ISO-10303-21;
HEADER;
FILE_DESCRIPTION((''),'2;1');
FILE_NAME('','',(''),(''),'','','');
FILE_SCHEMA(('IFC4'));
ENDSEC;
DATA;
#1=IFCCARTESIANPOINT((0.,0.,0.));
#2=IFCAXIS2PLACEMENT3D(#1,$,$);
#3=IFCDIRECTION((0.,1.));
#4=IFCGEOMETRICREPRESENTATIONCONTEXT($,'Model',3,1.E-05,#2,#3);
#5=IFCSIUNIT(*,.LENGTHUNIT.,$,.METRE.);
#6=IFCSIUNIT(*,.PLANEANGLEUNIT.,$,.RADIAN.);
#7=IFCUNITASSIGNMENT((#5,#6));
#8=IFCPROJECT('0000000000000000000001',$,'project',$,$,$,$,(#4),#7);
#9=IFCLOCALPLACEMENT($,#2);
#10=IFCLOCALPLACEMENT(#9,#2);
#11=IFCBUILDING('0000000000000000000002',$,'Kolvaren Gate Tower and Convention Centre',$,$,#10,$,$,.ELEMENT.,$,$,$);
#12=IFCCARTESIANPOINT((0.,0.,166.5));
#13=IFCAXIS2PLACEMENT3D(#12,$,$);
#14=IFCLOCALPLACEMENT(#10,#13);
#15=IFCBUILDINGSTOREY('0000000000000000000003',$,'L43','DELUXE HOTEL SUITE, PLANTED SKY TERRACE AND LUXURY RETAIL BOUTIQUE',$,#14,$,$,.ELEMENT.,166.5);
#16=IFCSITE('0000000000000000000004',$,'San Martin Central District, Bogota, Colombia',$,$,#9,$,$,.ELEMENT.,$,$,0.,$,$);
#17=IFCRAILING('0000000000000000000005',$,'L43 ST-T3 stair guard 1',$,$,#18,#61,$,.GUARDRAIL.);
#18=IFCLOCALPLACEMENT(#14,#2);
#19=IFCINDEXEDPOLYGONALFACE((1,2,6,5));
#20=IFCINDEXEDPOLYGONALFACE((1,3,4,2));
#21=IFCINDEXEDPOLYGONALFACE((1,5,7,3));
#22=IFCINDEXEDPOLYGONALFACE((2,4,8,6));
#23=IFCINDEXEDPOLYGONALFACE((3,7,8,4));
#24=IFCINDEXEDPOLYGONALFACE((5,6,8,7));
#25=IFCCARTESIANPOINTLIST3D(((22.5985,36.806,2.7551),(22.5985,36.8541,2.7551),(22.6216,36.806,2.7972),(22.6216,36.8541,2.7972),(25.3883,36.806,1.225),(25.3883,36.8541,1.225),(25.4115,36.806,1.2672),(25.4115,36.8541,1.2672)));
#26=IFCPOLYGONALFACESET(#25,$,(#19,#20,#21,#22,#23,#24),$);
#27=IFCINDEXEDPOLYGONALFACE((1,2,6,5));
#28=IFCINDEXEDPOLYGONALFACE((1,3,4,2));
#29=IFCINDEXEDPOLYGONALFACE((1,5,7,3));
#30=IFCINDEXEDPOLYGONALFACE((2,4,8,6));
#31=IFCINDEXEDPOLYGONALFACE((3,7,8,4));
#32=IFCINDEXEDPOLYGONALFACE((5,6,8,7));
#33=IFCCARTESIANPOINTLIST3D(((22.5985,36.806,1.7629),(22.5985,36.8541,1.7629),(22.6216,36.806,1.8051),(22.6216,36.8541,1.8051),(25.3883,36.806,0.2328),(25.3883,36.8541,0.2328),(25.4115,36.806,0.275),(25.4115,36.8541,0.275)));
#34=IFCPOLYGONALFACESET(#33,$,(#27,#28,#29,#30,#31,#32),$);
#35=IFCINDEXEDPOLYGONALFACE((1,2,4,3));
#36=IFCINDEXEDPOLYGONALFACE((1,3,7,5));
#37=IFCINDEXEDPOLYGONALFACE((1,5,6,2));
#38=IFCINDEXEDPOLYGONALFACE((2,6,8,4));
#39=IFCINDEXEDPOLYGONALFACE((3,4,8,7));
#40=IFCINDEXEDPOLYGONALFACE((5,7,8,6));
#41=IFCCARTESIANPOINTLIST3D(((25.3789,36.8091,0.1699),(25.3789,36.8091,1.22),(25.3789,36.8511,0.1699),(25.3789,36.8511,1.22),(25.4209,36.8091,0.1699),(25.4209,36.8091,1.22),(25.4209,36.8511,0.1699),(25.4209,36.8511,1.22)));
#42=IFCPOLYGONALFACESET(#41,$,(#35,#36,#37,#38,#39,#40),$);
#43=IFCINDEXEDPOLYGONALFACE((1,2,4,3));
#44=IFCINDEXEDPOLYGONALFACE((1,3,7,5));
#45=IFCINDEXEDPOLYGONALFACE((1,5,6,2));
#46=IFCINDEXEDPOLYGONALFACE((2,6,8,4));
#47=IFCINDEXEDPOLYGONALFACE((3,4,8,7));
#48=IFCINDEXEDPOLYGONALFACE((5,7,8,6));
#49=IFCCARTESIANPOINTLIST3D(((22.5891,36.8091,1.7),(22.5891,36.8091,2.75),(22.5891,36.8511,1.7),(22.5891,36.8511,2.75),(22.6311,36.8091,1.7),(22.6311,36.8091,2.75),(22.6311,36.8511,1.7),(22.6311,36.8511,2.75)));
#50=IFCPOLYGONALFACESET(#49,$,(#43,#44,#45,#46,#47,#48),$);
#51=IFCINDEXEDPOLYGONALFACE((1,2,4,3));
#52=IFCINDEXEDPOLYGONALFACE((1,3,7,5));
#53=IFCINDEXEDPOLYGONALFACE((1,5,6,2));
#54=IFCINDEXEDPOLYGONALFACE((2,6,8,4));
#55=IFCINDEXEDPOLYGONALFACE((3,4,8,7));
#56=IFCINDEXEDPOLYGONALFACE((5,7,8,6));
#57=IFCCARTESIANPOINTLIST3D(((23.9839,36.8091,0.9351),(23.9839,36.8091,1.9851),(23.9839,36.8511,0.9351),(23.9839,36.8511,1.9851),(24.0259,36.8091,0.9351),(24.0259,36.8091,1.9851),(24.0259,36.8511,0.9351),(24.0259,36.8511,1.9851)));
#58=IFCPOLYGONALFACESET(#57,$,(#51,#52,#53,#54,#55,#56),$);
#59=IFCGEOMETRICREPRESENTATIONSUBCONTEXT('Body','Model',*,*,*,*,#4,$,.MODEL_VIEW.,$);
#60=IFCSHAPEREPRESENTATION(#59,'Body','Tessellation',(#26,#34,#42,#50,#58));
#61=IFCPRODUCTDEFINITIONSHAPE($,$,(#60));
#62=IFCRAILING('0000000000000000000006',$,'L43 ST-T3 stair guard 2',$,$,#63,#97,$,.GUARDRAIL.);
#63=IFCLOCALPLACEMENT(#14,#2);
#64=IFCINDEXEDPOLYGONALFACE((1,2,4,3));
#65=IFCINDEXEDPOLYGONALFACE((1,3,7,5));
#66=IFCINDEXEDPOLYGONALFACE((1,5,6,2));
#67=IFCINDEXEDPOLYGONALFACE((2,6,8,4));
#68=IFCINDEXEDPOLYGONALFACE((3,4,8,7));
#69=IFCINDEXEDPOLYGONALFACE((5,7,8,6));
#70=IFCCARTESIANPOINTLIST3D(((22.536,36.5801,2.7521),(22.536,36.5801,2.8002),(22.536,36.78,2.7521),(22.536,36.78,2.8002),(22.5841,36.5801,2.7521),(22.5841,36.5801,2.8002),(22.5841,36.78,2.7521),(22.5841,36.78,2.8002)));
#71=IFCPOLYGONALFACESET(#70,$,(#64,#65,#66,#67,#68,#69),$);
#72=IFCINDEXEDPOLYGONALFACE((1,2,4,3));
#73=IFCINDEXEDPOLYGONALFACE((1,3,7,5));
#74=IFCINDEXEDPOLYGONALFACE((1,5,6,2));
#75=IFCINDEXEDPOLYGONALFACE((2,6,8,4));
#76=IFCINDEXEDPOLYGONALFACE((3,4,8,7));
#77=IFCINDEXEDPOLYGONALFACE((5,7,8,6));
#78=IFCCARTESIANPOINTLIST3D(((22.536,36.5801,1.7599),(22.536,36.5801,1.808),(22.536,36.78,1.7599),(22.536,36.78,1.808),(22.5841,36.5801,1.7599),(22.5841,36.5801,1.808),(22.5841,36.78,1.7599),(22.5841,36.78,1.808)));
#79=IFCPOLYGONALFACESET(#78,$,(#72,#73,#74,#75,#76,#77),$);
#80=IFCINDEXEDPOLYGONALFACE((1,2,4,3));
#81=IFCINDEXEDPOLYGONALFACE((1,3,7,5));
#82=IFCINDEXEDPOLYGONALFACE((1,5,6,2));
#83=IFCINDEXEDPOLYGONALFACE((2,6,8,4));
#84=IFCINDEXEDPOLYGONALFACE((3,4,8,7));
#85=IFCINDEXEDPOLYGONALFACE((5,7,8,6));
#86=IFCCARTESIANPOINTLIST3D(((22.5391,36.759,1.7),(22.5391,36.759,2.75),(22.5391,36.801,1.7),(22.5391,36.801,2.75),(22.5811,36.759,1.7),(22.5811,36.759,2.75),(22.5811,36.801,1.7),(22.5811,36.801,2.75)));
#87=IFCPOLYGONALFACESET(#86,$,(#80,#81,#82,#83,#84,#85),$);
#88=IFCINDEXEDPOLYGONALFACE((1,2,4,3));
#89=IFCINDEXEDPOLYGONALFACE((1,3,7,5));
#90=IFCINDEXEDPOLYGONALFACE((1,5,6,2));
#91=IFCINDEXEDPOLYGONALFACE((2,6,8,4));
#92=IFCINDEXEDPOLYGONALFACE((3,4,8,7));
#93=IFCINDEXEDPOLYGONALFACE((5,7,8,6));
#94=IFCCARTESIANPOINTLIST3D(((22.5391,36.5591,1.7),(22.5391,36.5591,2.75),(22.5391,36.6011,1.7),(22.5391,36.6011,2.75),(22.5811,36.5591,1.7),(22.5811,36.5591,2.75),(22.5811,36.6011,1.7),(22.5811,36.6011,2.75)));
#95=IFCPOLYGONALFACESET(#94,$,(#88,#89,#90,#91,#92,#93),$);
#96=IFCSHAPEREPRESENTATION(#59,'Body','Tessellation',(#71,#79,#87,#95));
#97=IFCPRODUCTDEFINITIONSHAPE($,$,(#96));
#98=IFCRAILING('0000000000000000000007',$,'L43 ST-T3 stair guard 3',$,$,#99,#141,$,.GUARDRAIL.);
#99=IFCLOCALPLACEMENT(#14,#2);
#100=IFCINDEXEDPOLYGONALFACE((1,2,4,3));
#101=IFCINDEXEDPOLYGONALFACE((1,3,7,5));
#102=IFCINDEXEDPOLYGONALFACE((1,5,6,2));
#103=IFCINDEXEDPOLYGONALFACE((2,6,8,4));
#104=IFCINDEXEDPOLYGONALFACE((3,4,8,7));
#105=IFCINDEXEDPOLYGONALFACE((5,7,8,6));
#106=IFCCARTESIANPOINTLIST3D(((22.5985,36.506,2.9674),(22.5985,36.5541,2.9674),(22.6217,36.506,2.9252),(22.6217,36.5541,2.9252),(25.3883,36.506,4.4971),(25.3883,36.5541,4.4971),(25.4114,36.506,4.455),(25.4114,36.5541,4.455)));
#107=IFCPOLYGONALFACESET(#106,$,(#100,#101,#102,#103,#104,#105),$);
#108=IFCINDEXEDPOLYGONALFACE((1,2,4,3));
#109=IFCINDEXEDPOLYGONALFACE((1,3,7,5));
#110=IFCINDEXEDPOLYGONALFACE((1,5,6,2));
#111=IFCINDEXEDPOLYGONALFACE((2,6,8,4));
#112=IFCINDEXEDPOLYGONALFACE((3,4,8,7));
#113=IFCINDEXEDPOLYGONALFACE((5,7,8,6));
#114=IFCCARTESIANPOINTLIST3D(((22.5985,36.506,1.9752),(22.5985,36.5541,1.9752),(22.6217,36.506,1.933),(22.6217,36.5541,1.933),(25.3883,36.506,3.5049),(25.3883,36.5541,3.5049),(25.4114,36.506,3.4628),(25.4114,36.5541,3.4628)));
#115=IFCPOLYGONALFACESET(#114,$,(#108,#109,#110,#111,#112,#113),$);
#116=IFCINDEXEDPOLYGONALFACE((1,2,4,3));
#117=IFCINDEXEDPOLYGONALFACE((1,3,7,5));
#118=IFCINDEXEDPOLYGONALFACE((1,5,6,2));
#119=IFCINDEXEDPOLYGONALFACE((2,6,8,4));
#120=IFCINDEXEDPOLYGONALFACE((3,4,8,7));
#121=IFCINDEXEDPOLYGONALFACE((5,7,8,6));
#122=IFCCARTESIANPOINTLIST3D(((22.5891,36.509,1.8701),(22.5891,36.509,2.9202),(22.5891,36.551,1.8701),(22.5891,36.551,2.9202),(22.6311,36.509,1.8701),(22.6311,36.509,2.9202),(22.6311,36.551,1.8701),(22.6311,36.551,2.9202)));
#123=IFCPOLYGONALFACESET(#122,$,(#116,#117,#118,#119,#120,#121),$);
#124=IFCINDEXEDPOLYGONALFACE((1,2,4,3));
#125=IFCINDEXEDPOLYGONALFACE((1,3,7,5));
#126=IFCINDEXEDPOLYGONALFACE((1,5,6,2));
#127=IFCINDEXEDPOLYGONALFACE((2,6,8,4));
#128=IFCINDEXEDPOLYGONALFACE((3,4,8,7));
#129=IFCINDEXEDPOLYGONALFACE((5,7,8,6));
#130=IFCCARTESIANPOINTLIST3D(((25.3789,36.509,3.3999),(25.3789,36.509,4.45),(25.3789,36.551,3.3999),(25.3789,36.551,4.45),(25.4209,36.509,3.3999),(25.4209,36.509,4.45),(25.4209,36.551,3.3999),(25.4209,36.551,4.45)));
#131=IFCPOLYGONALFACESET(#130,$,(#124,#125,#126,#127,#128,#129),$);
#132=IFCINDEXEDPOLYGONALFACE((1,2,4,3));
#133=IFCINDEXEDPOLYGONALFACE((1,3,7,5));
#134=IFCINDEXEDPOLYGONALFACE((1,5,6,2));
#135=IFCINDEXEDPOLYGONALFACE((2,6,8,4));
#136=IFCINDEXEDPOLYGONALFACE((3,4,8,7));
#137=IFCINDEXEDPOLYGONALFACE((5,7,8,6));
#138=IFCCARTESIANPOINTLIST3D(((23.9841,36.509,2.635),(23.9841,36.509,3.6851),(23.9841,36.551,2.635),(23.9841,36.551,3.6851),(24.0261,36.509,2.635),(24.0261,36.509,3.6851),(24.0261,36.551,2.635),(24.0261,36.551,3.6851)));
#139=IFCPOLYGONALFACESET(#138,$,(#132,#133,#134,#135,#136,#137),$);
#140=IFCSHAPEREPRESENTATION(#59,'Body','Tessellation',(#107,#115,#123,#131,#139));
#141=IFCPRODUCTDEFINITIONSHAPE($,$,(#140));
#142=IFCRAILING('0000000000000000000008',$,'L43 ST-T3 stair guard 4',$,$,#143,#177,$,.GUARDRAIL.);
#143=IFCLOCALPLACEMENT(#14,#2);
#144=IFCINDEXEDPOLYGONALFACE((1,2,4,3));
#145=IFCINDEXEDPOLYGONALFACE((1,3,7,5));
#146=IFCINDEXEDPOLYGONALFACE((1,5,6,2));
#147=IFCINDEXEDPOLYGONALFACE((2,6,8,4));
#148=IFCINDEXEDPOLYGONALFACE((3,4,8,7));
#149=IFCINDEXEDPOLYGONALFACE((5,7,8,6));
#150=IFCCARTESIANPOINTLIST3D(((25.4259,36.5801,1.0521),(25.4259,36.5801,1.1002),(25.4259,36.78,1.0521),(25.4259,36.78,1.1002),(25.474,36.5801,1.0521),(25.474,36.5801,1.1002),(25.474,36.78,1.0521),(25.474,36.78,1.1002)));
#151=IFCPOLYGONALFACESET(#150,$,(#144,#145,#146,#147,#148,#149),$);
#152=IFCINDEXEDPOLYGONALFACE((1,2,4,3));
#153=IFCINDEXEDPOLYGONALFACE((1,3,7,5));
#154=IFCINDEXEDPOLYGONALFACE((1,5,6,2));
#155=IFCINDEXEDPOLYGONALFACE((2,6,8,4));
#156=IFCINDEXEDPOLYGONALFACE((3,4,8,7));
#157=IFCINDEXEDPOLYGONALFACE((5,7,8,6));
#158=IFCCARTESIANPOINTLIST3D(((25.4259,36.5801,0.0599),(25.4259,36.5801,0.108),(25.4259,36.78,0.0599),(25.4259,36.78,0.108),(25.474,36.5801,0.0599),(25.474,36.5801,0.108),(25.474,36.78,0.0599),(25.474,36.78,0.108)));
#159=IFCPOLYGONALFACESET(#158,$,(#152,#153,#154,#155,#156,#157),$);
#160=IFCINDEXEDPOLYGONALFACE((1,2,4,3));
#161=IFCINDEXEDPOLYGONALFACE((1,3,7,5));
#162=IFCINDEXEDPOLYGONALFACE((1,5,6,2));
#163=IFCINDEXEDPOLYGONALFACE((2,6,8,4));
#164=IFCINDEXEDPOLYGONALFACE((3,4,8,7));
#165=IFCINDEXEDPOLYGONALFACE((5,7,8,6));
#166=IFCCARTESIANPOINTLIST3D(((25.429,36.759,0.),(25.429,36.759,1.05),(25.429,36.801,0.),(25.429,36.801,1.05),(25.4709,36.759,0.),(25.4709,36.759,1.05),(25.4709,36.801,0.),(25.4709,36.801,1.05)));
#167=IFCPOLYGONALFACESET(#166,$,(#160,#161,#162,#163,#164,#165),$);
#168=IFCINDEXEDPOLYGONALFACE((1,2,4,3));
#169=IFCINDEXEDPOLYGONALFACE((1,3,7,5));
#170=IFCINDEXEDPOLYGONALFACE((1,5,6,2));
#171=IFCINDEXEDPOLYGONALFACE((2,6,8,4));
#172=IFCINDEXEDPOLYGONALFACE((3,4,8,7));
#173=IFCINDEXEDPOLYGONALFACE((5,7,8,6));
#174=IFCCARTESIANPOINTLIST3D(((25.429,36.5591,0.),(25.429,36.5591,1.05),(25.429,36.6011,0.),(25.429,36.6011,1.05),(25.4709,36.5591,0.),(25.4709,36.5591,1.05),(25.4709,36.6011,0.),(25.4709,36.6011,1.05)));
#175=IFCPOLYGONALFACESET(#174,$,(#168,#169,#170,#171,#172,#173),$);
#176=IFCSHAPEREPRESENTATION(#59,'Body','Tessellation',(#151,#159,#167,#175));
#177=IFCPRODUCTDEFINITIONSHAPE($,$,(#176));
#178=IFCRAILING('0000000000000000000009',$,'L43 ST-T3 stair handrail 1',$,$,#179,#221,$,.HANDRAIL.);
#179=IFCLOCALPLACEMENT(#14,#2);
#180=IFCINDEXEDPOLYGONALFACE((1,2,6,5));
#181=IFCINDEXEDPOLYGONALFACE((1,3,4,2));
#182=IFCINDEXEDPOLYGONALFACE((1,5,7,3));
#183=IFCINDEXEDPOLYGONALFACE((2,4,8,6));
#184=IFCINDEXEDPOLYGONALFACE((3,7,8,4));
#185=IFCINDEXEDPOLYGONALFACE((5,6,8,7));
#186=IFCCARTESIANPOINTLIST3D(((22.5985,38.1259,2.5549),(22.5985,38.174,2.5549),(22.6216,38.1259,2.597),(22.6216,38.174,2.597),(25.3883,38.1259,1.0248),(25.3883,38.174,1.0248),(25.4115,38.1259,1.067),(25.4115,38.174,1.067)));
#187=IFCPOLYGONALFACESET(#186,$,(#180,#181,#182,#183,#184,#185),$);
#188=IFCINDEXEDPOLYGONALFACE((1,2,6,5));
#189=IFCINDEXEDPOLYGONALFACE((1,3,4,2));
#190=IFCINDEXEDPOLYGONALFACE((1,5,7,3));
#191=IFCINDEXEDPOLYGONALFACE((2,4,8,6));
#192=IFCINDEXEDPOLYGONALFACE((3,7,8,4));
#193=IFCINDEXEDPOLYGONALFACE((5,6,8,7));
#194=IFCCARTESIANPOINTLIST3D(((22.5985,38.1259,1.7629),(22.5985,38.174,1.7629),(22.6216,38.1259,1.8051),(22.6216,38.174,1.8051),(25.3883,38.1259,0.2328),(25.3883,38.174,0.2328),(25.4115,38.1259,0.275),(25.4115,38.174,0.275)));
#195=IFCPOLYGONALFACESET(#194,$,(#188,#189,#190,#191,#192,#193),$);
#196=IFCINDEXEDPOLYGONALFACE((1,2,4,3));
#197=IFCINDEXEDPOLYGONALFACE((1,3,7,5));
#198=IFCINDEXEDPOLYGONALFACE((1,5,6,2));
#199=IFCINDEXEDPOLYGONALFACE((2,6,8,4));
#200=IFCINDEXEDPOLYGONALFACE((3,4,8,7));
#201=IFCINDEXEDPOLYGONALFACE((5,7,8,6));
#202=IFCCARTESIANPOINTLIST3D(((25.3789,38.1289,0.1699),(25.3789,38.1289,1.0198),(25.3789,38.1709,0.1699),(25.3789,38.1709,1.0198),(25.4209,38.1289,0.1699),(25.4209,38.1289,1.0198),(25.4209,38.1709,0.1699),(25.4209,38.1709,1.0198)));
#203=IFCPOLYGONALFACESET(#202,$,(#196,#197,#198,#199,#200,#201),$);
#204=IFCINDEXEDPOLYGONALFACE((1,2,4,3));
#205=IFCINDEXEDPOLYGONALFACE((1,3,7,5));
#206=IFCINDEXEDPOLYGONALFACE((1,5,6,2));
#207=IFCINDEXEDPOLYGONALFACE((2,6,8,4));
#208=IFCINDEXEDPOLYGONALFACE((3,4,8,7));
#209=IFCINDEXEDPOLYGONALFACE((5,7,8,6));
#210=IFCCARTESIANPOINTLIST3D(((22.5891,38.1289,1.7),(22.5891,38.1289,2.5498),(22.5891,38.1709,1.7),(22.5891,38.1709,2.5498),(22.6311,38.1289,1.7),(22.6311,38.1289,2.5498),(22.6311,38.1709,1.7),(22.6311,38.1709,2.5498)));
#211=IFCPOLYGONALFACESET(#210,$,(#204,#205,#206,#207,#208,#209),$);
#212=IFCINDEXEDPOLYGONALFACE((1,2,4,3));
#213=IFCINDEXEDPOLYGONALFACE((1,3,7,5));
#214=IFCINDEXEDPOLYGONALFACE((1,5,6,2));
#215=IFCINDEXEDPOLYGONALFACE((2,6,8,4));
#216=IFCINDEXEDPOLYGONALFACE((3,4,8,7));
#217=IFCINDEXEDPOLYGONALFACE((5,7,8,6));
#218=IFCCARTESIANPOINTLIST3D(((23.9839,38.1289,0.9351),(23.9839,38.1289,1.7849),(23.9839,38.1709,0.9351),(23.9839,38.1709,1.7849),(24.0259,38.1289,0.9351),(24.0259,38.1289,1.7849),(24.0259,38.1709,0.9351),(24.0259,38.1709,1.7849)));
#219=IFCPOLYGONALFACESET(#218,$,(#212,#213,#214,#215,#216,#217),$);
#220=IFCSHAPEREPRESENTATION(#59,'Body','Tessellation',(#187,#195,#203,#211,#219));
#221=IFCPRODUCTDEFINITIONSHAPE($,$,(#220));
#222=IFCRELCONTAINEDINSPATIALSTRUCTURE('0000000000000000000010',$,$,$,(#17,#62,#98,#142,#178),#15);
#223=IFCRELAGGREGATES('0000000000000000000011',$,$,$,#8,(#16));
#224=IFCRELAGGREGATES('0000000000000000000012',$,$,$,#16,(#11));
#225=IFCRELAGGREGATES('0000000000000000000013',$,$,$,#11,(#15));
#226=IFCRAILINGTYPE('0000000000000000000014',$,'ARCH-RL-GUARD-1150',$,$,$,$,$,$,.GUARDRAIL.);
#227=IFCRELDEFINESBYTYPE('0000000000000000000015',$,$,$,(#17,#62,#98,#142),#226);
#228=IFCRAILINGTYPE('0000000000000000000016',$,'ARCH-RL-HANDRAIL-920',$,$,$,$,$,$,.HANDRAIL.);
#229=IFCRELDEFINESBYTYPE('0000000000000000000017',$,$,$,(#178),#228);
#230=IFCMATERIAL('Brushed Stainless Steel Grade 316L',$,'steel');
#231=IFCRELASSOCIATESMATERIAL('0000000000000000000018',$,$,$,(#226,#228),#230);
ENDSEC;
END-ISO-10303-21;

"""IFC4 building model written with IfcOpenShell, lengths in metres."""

from ifc_helpers import new_model, si_unit, direction, frame, origin, origin_2d, place, context, subcontext, project, spatial, rectangle, extrude, material, type_object, element, save


model = new_model("IFC4")

# Units and contexts
model_context = context("Model", 3, precision=1e-05, world=origin(), true_north=direction((0.0, 1.0)))
body_context = subcontext(model_context, "Body", "Model", "MODEL_VIEW")
ifc_project = project(units=[si_unit("LENGTHUNIT", "METRE"), si_unit("PLANEANGLEUNIT", "RADIAN")], contexts=[model_context])

# Site, building, storey
site_placement = place(None, origin())
site = spatial("IfcSite", under=ifc_project, at=site_placement, Name="San Martin Central District, Bogota, Colombia", CompositionType="ELEMENT", RefElevation=0.0)
building_placement = place(site_placement, origin())
building = spatial("IfcBuilding", under=site, at=building_placement, Name="Kolvaren Gate Tower and Convention Centre", CompositionType="ELEMENT")
storey_placement = place(building_placement, frame((0.0, 0.0, 166.5)))
storey = spatial("IfcBuildingStorey", under=building, at=storey_placement, Name="L43", Description="DELUXE HOTEL SUITE, PLANTED SKY TERRACE AND LUXURY RETAIL BOUTIQUE", CompositionType="ELEMENT", Elevation=166.5)

# Railings
ifc_material_1 = material(Name="Brushed Stainless Steel Grade 316L", Category="steel")
railing_type_1 = type_object("IfcRailingType", Name="ARCH-RL-GUARD-1150", PredefinedType="GUARDRAIL", material=ifc_material_1)
railing_1_placement = place(storey_placement, frame((25.3999, 36.8301, 0.1699)))
element("IfcRailing", 1, at=railing_1_placement, inside=storey, type_object=railing_type_1, Name="L43 ST-T3 stair guard 1", PredefinedType="GUARDRAIL", context=body_context, shape_type="SweptSolid", body=[
    extrude(rectangle(XDim=0.0481, YDim=0.0481, at=origin_2d()), frame((0.0, 0.0, 1.0762), z_axis=(-0.876794, 0.0, 0.480867), x_axis=(0.0, -1.0, 0.0)), (0.0, 0.0, 1.0), 3.1819),
    extrude(rectangle(XDim=0.0481, YDim=0.0481, at=origin_2d()), frame((0.0, 0.0, 0.084), z_axis=(-0.876794, 0.0, 0.480867), x_axis=(0.0, -1.0, 0.0)), (0.0, 0.0, 1.0), 3.1819),
    extrude(rectangle(XDim=0.042, YDim=0.042, at=origin_2d()), origin(), (0.0, 0.0, 1.0), 1.05),
    extrude(rectangle(XDim=0.042, YDim=0.042, at=origin_2d()), frame((-2.7898, 0.0, 1.53)), (0.0, 0.0, 1.0), 1.05),
    extrude(rectangle(XDim=0.042, YDim=0.042, at=origin_2d()), frame((-1.395, 0.0, 0.7651)), (0.0, 0.0, 1.0), 1.05),
])
railing_2_placement = place(storey_placement, frame((22.5601, 36.78, 1.7)))
element("IfcRailing", 2, at=railing_2_placement, inside=storey, type_object=railing_type_1, Name="L43 ST-T3 stair guard 2", PredefinedType="GUARDRAIL", context=body_context, shape_type="SweptSolid", body=[
    extrude(rectangle(XDim=0.0481, YDim=0.0481, at=origin_2d()), frame((0.0, 0.0, 1.0762), z_axis=(0.0, -1.0, 0.0), x_axis=(1.0, 0.0, 0.0)), (0.0, 0.0, 1.0), 0.2),
    extrude(rectangle(XDim=0.0481, YDim=0.0481, at=origin_2d()), frame((0.0, 0.0, 0.084), z_axis=(0.0, -1.0, 0.0), x_axis=(1.0, 0.0, 0.0)), (0.0, 0.0, 1.0), 0.2),
    extrude(rectangle(XDim=0.042, YDim=0.042, at=origin_2d()), origin(), (0.0, 0.0, 1.0), 1.05),
    extrude(rectangle(XDim=0.042, YDim=0.042, at=origin_2d()), frame((0.0, -0.2, 0.0)), (0.0, 0.0, 1.0), 1.05),
])
railing_3_placement = place(storey_placement, frame((22.6101, 36.53, 1.8701)))
element("IfcRailing", 3, at=railing_3_placement, inside=storey, type_object=railing_type_1, Name="L43 ST-T3 stair guard 3", PredefinedType="GUARDRAIL", context=body_context, shape_type="SweptSolid", body=[
    extrude(rectangle(XDim=0.0481, YDim=0.0481, at=origin_2d()), frame((0.0, 0.0, 1.0762), z_axis=(0.876826, 0.0, 0.480808), x_axis=(0.0, 1.0, 0.0)), (0.0, 0.0, 1.0), 3.1816),
    extrude(rectangle(XDim=0.0481, YDim=0.0481, at=origin_2d()), frame((0.0, 0.0, 0.084), z_axis=(0.876826, 0.0, 0.480808), x_axis=(0.0, 1.0, 0.0)), (0.0, 0.0, 1.0), 3.1816),
    extrude(rectangle(XDim=0.042, YDim=0.042, at=origin_2d()), origin(), (0.0, 0.0, 1.0), 1.05),
    extrude(rectangle(XDim=0.042, YDim=0.042, at=origin_2d()), frame((2.7898, 0.0, 1.5298)), (0.0, 0.0, 1.0), 1.05),
    extrude(rectangle(XDim=0.042, YDim=0.042, at=origin_2d()), frame((1.395, 0.0, 0.7649)), (0.0, 0.0, 1.0), 1.05),
])
railing_4_placement = place(storey_placement, frame((25.45, 36.78, 0.0)))
element("IfcRailing", 4, at=railing_4_placement, inside=storey, type_object=railing_type_1, Name="L43 ST-T3 stair guard 4", PredefinedType="GUARDRAIL", context=body_context, shape_type="SweptSolid", body=[
    extrude(rectangle(XDim=0.0481, YDim=0.0481, at=origin_2d()), frame((0.0, 0.0, 1.0762), z_axis=(0.0, -1.0, 0.0), x_axis=(1.0, 0.0, 0.0)), (0.0, 0.0, 1.0), 0.2),
    extrude(rectangle(XDim=0.0481, YDim=0.0481, at=origin_2d()), frame((0.0, 0.0, 0.084), z_axis=(0.0, -1.0, 0.0), x_axis=(1.0, 0.0, 0.0)), (0.0, 0.0, 1.0), 0.2),
    extrude(rectangle(XDim=0.042, YDim=0.042, at=origin_2d()), origin(), (0.0, 0.0, 1.0), 1.05),
    extrude(rectangle(XDim=0.042, YDim=0.042, at=origin_2d()), frame((0.0, -0.2, 0.0)), (0.0, 0.0, 1.0), 1.05),
])
railing_type_2 = type_object("IfcRailingType", Name="ARCH-RL-HANDRAIL-920", PredefinedType="HANDRAIL", material=ifc_material_1)
railing_5_placement = place(storey_placement, frame((25.3999, 38.1499, 0.1699)))
element("IfcRailing", 5, at=railing_5_placement, inside=storey, type_object=railing_type_2, Name="L43 ST-T3 stair handrail 1", PredefinedType="HANDRAIL", context=body_context, shape_type="SweptSolid", body=[
    extrude(rectangle(XDim=0.0481, YDim=0.0481, at=origin_2d()), frame((0.0, 0.0, 0.876), z_axis=(-0.876794, 0.0, 0.480867), x_axis=(0.0, -1.0, 0.0)), (0.0, 0.0, 1.0), 3.1819),
    extrude(rectangle(XDim=0.0481, YDim=0.0481, at=origin_2d()), frame((0.0, 0.0, 0.084), z_axis=(-0.876794, 0.0, 0.480867), x_axis=(0.0, -1.0, 0.0)), (0.0, 0.0, 1.0), 3.1819),
    extrude(rectangle(XDim=0.042, YDim=0.042, at=origin_2d()), origin(), (0.0, 0.0, 1.0), 0.8499),
    extrude(rectangle(XDim=0.042, YDim=0.042, at=origin_2d()), frame((-2.7898, 0.0, 1.53)), (0.0, 0.0, 1.0), 0.8499),
    extrude(rectangle(XDim=0.042, YDim=0.042, at=origin_2d()), frame((-1.395, 0.0, 0.7651)), (0.0, 0.0, 1.0), 0.8499),
])

save(model, "model.ifc")
